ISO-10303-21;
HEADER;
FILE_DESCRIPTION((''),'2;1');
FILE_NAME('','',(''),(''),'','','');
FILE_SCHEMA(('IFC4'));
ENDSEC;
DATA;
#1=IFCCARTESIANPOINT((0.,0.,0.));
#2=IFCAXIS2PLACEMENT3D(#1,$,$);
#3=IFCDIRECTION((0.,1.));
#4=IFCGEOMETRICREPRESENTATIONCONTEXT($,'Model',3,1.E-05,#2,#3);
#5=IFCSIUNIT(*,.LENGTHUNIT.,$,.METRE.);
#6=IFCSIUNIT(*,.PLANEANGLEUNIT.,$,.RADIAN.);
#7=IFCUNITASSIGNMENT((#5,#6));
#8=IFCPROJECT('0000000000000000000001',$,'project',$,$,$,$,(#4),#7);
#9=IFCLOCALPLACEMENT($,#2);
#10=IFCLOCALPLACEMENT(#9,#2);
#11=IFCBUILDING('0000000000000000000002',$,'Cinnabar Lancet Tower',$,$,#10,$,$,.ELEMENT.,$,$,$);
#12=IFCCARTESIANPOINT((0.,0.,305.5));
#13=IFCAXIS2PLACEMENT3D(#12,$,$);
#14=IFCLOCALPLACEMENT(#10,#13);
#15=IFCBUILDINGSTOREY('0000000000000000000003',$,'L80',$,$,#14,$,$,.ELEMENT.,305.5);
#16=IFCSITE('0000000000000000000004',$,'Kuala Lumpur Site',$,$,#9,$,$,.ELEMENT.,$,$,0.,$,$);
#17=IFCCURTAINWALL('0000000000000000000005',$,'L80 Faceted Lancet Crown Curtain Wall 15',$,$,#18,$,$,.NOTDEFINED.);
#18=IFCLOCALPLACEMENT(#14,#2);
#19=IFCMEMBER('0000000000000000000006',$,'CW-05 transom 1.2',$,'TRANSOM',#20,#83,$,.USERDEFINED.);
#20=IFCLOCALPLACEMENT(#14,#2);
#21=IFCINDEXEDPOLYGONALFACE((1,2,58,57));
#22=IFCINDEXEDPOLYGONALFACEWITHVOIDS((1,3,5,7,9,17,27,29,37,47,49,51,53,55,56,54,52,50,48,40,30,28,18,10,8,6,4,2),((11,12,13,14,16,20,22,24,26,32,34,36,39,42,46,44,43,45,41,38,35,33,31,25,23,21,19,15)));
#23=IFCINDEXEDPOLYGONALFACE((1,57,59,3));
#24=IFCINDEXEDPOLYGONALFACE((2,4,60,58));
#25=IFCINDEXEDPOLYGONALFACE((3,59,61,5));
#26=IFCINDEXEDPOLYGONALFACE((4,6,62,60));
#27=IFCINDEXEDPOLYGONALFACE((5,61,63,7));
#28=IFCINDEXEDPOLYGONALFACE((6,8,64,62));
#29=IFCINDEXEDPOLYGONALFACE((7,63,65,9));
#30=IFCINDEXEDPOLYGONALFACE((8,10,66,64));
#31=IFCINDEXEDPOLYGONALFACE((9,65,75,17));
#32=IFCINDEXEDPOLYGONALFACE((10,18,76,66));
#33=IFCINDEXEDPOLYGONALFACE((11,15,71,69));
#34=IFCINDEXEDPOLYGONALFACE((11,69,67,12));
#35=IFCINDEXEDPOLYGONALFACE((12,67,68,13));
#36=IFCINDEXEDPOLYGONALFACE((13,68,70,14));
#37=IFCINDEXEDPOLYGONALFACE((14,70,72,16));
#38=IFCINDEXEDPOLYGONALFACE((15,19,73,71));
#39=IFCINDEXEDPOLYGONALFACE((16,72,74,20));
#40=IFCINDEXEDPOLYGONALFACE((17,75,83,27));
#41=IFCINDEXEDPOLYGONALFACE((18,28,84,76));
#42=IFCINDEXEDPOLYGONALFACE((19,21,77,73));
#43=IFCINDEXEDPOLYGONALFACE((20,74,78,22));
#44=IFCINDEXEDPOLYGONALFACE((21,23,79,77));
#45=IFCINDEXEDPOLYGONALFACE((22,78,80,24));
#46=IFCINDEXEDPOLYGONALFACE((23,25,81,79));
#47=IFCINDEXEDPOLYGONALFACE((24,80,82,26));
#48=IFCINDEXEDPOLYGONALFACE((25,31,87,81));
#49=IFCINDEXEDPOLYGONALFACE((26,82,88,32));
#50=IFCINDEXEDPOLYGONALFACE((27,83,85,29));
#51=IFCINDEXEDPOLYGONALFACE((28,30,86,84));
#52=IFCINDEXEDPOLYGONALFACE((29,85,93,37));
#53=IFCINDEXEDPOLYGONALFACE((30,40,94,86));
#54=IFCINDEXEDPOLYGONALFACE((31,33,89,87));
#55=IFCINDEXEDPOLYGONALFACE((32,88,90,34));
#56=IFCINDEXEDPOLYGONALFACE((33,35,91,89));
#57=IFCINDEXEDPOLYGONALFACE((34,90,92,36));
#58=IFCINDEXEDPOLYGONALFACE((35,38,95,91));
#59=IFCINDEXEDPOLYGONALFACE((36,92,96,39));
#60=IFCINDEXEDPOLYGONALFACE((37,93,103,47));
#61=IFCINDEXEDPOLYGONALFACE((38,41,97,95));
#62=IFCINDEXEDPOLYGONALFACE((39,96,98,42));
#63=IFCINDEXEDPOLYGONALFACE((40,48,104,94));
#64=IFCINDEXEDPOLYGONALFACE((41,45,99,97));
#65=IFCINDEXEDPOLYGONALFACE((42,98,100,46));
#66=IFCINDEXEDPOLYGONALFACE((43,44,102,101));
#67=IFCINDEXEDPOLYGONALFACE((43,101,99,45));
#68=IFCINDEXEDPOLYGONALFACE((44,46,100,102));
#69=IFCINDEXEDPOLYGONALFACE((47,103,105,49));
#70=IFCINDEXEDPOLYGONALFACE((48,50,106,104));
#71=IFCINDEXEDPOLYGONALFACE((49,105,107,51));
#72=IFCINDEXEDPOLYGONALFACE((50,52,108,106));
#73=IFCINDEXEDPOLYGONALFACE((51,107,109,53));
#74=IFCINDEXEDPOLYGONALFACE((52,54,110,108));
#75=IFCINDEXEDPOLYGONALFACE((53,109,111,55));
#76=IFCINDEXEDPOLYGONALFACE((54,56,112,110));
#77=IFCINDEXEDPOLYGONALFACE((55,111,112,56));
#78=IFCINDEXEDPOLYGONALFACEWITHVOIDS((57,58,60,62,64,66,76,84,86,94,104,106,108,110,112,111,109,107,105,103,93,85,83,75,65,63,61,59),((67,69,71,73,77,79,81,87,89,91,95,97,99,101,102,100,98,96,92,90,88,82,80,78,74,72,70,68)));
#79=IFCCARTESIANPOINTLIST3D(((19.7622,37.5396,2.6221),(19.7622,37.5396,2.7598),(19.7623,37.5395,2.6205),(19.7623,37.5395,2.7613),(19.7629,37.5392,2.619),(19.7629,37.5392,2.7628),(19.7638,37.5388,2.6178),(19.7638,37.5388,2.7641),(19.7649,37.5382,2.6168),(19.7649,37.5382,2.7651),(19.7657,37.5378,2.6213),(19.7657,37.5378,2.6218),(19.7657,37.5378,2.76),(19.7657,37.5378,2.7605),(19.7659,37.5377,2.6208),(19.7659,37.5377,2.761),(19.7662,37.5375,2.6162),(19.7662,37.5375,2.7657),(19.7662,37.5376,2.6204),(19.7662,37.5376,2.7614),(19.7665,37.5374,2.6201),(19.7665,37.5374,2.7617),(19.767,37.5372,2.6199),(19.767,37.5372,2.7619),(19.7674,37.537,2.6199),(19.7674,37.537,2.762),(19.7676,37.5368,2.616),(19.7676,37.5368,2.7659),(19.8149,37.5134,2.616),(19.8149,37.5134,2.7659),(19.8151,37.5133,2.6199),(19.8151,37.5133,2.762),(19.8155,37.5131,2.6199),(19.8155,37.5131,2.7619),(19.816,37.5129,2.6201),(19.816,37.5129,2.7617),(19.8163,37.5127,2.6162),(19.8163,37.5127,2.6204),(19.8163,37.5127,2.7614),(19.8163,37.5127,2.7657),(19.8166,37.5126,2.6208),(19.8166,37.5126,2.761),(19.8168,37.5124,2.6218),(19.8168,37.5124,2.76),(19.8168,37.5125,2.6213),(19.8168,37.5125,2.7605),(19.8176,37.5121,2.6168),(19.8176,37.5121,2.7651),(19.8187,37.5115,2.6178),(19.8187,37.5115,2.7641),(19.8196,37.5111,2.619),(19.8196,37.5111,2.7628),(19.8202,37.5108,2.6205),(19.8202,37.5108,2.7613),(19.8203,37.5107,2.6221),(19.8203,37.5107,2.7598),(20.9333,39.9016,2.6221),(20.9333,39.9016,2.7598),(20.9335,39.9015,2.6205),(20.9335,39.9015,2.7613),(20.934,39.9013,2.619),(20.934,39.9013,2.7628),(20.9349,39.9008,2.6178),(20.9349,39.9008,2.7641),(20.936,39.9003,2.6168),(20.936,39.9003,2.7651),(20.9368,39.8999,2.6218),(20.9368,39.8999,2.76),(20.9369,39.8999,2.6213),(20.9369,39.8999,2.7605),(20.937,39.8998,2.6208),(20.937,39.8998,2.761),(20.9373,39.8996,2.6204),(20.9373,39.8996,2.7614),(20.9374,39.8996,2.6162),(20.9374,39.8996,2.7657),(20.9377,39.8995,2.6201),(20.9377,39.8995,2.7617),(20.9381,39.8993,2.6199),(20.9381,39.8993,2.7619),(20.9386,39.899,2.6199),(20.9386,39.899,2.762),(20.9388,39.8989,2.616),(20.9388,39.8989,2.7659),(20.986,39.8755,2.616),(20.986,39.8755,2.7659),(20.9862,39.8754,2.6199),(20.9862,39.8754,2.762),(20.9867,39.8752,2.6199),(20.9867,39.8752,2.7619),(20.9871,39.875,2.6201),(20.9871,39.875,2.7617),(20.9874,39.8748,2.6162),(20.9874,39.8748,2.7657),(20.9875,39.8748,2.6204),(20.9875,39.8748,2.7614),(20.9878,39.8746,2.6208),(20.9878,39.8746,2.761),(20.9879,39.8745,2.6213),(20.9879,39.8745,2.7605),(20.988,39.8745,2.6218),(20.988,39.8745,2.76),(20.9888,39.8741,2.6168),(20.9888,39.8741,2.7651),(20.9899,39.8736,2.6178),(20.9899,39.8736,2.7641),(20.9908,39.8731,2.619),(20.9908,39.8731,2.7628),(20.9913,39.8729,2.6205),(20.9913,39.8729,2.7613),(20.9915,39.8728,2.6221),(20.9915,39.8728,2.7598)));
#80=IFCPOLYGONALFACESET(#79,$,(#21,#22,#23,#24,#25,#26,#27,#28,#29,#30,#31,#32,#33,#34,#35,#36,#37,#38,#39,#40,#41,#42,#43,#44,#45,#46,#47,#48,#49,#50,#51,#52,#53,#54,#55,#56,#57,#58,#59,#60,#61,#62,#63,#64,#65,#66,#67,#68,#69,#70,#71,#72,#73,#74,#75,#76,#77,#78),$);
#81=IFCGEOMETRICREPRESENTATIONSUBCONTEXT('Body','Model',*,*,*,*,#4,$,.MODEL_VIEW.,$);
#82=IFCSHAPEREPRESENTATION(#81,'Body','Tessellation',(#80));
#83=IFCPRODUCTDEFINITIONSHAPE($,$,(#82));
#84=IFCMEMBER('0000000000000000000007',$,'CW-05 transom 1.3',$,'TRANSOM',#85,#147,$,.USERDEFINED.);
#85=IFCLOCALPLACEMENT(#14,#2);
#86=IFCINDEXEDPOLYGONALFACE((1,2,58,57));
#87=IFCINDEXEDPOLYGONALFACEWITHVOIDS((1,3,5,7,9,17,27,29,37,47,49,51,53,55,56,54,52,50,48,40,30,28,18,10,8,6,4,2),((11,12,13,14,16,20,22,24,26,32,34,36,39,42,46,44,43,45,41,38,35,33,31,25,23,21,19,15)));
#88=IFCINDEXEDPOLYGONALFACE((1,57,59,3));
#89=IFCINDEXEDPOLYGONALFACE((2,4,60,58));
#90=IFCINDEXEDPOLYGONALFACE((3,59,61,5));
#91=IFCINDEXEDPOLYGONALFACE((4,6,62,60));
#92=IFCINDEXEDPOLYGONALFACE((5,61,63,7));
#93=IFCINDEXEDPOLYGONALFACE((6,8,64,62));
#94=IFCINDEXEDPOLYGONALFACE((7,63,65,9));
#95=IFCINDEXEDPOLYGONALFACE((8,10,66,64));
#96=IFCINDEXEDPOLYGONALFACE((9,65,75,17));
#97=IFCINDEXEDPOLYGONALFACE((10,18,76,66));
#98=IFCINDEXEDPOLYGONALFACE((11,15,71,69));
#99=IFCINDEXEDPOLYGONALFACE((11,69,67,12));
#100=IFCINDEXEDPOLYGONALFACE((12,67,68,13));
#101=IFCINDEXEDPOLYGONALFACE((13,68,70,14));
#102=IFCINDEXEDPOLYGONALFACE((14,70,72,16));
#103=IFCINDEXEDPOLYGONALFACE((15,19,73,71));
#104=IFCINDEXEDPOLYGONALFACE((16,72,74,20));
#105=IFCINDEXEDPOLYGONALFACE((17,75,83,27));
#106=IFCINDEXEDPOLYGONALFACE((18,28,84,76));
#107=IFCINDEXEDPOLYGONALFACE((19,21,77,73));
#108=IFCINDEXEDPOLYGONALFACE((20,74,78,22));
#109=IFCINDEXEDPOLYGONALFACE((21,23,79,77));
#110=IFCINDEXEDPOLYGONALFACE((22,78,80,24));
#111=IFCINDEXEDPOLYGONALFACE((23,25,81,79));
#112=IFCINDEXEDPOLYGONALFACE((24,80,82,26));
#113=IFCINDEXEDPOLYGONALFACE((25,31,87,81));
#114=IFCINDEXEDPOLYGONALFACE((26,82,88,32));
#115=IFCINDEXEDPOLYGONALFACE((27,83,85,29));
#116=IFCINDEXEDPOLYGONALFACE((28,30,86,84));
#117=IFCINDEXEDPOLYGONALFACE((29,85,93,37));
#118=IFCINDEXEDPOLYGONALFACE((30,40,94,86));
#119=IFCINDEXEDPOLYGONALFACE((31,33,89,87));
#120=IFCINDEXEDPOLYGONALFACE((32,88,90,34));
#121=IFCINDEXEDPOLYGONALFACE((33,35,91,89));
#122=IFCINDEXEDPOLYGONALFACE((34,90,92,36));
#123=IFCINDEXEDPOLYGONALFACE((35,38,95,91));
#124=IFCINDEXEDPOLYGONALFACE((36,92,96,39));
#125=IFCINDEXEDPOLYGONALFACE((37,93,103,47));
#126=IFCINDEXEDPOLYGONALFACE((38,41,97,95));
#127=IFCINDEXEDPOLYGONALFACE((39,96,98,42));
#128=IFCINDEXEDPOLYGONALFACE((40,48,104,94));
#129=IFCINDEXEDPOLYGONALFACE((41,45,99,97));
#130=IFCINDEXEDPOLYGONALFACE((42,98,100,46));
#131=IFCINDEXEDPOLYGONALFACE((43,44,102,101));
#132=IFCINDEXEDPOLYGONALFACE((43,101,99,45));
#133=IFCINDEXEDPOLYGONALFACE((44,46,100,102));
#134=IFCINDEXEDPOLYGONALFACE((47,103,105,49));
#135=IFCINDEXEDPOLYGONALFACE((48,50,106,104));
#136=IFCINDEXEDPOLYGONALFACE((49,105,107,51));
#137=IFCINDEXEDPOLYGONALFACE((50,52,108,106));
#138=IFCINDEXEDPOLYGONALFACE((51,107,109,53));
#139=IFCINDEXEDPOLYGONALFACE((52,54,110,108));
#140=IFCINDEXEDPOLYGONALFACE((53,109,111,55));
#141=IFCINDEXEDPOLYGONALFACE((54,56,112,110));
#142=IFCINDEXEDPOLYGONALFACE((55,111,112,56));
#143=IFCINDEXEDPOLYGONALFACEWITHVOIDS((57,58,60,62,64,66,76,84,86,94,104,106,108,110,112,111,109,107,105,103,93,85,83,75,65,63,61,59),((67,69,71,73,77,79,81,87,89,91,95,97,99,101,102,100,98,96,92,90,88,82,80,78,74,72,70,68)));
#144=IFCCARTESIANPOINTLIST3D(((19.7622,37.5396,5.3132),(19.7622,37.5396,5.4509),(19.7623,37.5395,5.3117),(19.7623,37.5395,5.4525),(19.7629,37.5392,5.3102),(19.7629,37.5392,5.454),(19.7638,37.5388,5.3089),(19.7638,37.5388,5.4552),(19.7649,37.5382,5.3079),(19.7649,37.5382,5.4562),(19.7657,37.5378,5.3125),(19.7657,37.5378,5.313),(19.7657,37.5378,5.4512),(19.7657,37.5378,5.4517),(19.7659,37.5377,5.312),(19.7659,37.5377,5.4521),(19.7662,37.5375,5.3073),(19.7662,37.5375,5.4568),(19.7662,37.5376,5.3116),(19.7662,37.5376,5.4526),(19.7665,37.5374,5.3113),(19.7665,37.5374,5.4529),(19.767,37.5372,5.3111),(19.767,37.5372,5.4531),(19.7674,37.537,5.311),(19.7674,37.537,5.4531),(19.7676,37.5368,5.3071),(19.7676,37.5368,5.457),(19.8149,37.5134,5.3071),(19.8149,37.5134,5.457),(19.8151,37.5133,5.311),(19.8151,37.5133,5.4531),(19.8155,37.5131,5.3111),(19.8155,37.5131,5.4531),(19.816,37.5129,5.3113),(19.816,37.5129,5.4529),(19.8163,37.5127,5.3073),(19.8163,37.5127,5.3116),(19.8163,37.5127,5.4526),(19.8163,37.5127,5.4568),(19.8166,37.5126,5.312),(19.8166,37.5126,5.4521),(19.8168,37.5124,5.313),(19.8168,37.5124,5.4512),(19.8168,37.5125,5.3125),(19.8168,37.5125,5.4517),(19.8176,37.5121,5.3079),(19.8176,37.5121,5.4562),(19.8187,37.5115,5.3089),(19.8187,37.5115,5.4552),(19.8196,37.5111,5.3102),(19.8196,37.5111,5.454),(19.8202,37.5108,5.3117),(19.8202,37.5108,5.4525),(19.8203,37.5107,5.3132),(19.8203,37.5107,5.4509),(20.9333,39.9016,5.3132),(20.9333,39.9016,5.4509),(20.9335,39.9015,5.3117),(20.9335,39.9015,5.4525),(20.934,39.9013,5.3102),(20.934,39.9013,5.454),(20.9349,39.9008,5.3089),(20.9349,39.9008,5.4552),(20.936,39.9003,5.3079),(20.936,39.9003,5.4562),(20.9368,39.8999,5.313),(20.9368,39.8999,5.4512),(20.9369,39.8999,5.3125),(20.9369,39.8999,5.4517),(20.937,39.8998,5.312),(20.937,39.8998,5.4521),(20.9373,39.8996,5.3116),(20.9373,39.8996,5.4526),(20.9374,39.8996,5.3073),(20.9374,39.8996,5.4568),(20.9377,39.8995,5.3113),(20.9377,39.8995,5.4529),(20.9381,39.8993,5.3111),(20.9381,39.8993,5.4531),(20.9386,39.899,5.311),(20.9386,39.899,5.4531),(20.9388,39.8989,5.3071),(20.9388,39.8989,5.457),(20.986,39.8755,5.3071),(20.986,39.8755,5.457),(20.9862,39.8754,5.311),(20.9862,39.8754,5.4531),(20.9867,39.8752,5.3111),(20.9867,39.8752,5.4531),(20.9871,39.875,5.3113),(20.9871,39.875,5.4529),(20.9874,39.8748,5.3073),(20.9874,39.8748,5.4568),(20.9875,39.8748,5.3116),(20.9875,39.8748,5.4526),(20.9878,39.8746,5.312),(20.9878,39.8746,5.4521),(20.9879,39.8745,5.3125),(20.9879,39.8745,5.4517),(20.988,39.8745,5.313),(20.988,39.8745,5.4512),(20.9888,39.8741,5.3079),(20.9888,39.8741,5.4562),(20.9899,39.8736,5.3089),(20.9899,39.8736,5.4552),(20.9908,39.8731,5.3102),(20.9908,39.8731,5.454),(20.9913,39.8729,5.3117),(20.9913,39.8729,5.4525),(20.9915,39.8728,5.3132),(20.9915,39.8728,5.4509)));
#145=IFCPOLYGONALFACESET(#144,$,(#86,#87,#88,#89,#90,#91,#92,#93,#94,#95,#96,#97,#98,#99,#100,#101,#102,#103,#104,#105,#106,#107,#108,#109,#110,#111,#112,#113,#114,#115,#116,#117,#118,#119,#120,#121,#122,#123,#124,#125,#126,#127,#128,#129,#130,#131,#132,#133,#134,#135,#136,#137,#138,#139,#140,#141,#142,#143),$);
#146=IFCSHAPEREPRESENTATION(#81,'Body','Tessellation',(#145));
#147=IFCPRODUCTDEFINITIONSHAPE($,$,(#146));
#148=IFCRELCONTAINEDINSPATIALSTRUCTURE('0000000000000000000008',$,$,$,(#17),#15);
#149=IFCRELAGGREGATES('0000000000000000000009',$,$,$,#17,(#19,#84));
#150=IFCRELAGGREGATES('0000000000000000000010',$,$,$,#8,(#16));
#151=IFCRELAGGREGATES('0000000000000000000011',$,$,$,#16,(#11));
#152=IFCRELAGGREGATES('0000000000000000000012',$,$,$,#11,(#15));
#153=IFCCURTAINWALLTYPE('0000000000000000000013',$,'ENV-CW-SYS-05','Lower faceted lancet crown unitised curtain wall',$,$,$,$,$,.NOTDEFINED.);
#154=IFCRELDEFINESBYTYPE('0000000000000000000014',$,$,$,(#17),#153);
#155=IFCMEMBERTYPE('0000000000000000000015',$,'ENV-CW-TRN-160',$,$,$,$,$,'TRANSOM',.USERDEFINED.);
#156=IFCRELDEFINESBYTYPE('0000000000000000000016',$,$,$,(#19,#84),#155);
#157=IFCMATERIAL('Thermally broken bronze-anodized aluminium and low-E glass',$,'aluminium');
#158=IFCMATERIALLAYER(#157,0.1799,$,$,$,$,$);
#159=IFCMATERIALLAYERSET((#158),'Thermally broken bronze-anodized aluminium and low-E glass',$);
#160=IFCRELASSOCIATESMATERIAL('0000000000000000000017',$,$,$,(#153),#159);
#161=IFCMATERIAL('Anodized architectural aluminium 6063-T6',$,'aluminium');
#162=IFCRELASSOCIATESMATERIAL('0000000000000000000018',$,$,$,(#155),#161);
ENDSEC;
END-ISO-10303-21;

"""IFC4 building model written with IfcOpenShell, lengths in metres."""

from ifc_helpers import new_model, si_unit, direction, frame, origin, origin_2d, place, context, subcontext, project, spatial, hollow_rectangle, extrude, material, layer, layer_set, material_profile, profile_set, type_object, element, aggregate, save


model = new_model("IFC4")

# Units and contexts
model_context = context("Model", 3, precision=1e-05, world=origin(), true_north=direction((0.0, 1.0)))
body_context = subcontext(model_context, "Body", "Model", "MODEL_VIEW")
ifc_project = project(units=[si_unit("LENGTHUNIT", "METRE"), si_unit("PLANEANGLEUNIT", "RADIAN")], contexts=[model_context])

# Site, building, storey
site_placement = place(None, origin())
site = spatial("IfcSite", under=ifc_project, at=site_placement, Name="Kuala Lumpur Site", CompositionType="ELEMENT", RefElevation=0.0)
building_placement = place(site_placement, origin())
building = spatial("IfcBuilding", under=site, at=building_placement, Name="Cinnabar Lancet Tower", CompositionType="ELEMENT")
storey_placement = place(building_placement, frame((0.0, 0.0, 305.5)))
storey = spatial("IfcBuildingStorey", under=building, at=storey_placement, Name="L80", CompositionType="ELEMENT", Elevation=305.5)

# Shared definitions
ifc_material_1 = material(Name="Thermally broken bronze-anodized aluminium and low-E glass", Category="aluminium")
ifc_layer_1 = layer(ifc_material_1, 0.1799)
ifc_layer_set_1 = layer_set([ifc_layer_1], Name="Thermally broken bronze-anodized aluminium and low-E glass")
curtain_wall_type = type_object("IfcCurtainWallType", Name="ENV-CW-SYS-05", Description="Lower faceted lancet crown unitised curtain wall", PredefinedType="NOTDEFINED", material=ifc_layer_set_1)

# Curtain wall
curtain_wall_1_placement = place(storey_placement, origin())
curtain_wall_1 = element("IfcCurtainWall", 1, at=curtain_wall_1_placement, inside=storey, type_object=curtain_wall_type, Name="L80 Faceted Lancet Crown Curtain Wall 15", PredefinedType="NOTDEFINED")

# Members
ifc_material_2 = material(Name="Anodized architectural aluminium 6063-T6", Category="aluminium")
ifc_material_profile_1 = material_profile(ifc_material_2, hollow_rectangle(XDim=0.0649, YDim=0.1499, WallThickness=0.0039, InnerFilletRadius=0.002, OuterFilletRadius=0.0061, at=origin_2d()), Name="CW-TRN 150x65x4")
ifc_profile_set_1 = profile_set([ifc_material_profile_1], Name="Anodized architectural aluminium 6063-T6")
member_type_1 = type_object("IfcMemberType", Name="ENV-CW-TRN-160", ElementType="TRANSOM", PredefinedType="USERDEFINED", material=ifc_profile_set_1)
member_1_placement = place(storey_placement, frame((20.9624, 39.8872, 2.6909), z_axis=(-0.444211, -0.895922, 0.0), x_axis=(0.895922, -0.444211, 0.0)))
member_1 = element("IfcMember", 2, at=member_1_placement, type_object=member_type_1, Name="CW-05 transom 1.2", ObjectType="TRANSOM", PredefinedType="USERDEFINED", context=body_context, shape_type="SweptSolid", body=[
    extrude(hollow_rectangle(XDim=0.0649, YDim=0.1499, WallThickness=0.0039, InnerFilletRadius=0.002, OuterFilletRadius=0.0061, at=origin_2d()), origin(), (0.0, 0.0, 1.0), 2.6365),
])
member_2_placement = place(storey_placement, frame((20.9624, 39.8872, 5.3821), z_axis=(-0.444211, -0.895922, 0.0), x_axis=(0.895922, -0.444211, 0.0)))
member_2 = element("IfcMember", 3, at=member_2_placement, type_object=member_type_1, Name="CW-05 transom 1.3", ObjectType="TRANSOM", PredefinedType="USERDEFINED", context=body_context, shape_type="SweptSolid", body=[
    extrude(hollow_rectangle(XDim=0.0649, YDim=0.1499, WallThickness=0.0039, InnerFilletRadius=0.002, OuterFilletRadius=0.0061, at=origin_2d()), origin(), (0.0, 0.0, 1.0), 2.6365),
])

aggregate(curtain_wall_1, [member_1, member_2])

save(model, "model.ifc")
